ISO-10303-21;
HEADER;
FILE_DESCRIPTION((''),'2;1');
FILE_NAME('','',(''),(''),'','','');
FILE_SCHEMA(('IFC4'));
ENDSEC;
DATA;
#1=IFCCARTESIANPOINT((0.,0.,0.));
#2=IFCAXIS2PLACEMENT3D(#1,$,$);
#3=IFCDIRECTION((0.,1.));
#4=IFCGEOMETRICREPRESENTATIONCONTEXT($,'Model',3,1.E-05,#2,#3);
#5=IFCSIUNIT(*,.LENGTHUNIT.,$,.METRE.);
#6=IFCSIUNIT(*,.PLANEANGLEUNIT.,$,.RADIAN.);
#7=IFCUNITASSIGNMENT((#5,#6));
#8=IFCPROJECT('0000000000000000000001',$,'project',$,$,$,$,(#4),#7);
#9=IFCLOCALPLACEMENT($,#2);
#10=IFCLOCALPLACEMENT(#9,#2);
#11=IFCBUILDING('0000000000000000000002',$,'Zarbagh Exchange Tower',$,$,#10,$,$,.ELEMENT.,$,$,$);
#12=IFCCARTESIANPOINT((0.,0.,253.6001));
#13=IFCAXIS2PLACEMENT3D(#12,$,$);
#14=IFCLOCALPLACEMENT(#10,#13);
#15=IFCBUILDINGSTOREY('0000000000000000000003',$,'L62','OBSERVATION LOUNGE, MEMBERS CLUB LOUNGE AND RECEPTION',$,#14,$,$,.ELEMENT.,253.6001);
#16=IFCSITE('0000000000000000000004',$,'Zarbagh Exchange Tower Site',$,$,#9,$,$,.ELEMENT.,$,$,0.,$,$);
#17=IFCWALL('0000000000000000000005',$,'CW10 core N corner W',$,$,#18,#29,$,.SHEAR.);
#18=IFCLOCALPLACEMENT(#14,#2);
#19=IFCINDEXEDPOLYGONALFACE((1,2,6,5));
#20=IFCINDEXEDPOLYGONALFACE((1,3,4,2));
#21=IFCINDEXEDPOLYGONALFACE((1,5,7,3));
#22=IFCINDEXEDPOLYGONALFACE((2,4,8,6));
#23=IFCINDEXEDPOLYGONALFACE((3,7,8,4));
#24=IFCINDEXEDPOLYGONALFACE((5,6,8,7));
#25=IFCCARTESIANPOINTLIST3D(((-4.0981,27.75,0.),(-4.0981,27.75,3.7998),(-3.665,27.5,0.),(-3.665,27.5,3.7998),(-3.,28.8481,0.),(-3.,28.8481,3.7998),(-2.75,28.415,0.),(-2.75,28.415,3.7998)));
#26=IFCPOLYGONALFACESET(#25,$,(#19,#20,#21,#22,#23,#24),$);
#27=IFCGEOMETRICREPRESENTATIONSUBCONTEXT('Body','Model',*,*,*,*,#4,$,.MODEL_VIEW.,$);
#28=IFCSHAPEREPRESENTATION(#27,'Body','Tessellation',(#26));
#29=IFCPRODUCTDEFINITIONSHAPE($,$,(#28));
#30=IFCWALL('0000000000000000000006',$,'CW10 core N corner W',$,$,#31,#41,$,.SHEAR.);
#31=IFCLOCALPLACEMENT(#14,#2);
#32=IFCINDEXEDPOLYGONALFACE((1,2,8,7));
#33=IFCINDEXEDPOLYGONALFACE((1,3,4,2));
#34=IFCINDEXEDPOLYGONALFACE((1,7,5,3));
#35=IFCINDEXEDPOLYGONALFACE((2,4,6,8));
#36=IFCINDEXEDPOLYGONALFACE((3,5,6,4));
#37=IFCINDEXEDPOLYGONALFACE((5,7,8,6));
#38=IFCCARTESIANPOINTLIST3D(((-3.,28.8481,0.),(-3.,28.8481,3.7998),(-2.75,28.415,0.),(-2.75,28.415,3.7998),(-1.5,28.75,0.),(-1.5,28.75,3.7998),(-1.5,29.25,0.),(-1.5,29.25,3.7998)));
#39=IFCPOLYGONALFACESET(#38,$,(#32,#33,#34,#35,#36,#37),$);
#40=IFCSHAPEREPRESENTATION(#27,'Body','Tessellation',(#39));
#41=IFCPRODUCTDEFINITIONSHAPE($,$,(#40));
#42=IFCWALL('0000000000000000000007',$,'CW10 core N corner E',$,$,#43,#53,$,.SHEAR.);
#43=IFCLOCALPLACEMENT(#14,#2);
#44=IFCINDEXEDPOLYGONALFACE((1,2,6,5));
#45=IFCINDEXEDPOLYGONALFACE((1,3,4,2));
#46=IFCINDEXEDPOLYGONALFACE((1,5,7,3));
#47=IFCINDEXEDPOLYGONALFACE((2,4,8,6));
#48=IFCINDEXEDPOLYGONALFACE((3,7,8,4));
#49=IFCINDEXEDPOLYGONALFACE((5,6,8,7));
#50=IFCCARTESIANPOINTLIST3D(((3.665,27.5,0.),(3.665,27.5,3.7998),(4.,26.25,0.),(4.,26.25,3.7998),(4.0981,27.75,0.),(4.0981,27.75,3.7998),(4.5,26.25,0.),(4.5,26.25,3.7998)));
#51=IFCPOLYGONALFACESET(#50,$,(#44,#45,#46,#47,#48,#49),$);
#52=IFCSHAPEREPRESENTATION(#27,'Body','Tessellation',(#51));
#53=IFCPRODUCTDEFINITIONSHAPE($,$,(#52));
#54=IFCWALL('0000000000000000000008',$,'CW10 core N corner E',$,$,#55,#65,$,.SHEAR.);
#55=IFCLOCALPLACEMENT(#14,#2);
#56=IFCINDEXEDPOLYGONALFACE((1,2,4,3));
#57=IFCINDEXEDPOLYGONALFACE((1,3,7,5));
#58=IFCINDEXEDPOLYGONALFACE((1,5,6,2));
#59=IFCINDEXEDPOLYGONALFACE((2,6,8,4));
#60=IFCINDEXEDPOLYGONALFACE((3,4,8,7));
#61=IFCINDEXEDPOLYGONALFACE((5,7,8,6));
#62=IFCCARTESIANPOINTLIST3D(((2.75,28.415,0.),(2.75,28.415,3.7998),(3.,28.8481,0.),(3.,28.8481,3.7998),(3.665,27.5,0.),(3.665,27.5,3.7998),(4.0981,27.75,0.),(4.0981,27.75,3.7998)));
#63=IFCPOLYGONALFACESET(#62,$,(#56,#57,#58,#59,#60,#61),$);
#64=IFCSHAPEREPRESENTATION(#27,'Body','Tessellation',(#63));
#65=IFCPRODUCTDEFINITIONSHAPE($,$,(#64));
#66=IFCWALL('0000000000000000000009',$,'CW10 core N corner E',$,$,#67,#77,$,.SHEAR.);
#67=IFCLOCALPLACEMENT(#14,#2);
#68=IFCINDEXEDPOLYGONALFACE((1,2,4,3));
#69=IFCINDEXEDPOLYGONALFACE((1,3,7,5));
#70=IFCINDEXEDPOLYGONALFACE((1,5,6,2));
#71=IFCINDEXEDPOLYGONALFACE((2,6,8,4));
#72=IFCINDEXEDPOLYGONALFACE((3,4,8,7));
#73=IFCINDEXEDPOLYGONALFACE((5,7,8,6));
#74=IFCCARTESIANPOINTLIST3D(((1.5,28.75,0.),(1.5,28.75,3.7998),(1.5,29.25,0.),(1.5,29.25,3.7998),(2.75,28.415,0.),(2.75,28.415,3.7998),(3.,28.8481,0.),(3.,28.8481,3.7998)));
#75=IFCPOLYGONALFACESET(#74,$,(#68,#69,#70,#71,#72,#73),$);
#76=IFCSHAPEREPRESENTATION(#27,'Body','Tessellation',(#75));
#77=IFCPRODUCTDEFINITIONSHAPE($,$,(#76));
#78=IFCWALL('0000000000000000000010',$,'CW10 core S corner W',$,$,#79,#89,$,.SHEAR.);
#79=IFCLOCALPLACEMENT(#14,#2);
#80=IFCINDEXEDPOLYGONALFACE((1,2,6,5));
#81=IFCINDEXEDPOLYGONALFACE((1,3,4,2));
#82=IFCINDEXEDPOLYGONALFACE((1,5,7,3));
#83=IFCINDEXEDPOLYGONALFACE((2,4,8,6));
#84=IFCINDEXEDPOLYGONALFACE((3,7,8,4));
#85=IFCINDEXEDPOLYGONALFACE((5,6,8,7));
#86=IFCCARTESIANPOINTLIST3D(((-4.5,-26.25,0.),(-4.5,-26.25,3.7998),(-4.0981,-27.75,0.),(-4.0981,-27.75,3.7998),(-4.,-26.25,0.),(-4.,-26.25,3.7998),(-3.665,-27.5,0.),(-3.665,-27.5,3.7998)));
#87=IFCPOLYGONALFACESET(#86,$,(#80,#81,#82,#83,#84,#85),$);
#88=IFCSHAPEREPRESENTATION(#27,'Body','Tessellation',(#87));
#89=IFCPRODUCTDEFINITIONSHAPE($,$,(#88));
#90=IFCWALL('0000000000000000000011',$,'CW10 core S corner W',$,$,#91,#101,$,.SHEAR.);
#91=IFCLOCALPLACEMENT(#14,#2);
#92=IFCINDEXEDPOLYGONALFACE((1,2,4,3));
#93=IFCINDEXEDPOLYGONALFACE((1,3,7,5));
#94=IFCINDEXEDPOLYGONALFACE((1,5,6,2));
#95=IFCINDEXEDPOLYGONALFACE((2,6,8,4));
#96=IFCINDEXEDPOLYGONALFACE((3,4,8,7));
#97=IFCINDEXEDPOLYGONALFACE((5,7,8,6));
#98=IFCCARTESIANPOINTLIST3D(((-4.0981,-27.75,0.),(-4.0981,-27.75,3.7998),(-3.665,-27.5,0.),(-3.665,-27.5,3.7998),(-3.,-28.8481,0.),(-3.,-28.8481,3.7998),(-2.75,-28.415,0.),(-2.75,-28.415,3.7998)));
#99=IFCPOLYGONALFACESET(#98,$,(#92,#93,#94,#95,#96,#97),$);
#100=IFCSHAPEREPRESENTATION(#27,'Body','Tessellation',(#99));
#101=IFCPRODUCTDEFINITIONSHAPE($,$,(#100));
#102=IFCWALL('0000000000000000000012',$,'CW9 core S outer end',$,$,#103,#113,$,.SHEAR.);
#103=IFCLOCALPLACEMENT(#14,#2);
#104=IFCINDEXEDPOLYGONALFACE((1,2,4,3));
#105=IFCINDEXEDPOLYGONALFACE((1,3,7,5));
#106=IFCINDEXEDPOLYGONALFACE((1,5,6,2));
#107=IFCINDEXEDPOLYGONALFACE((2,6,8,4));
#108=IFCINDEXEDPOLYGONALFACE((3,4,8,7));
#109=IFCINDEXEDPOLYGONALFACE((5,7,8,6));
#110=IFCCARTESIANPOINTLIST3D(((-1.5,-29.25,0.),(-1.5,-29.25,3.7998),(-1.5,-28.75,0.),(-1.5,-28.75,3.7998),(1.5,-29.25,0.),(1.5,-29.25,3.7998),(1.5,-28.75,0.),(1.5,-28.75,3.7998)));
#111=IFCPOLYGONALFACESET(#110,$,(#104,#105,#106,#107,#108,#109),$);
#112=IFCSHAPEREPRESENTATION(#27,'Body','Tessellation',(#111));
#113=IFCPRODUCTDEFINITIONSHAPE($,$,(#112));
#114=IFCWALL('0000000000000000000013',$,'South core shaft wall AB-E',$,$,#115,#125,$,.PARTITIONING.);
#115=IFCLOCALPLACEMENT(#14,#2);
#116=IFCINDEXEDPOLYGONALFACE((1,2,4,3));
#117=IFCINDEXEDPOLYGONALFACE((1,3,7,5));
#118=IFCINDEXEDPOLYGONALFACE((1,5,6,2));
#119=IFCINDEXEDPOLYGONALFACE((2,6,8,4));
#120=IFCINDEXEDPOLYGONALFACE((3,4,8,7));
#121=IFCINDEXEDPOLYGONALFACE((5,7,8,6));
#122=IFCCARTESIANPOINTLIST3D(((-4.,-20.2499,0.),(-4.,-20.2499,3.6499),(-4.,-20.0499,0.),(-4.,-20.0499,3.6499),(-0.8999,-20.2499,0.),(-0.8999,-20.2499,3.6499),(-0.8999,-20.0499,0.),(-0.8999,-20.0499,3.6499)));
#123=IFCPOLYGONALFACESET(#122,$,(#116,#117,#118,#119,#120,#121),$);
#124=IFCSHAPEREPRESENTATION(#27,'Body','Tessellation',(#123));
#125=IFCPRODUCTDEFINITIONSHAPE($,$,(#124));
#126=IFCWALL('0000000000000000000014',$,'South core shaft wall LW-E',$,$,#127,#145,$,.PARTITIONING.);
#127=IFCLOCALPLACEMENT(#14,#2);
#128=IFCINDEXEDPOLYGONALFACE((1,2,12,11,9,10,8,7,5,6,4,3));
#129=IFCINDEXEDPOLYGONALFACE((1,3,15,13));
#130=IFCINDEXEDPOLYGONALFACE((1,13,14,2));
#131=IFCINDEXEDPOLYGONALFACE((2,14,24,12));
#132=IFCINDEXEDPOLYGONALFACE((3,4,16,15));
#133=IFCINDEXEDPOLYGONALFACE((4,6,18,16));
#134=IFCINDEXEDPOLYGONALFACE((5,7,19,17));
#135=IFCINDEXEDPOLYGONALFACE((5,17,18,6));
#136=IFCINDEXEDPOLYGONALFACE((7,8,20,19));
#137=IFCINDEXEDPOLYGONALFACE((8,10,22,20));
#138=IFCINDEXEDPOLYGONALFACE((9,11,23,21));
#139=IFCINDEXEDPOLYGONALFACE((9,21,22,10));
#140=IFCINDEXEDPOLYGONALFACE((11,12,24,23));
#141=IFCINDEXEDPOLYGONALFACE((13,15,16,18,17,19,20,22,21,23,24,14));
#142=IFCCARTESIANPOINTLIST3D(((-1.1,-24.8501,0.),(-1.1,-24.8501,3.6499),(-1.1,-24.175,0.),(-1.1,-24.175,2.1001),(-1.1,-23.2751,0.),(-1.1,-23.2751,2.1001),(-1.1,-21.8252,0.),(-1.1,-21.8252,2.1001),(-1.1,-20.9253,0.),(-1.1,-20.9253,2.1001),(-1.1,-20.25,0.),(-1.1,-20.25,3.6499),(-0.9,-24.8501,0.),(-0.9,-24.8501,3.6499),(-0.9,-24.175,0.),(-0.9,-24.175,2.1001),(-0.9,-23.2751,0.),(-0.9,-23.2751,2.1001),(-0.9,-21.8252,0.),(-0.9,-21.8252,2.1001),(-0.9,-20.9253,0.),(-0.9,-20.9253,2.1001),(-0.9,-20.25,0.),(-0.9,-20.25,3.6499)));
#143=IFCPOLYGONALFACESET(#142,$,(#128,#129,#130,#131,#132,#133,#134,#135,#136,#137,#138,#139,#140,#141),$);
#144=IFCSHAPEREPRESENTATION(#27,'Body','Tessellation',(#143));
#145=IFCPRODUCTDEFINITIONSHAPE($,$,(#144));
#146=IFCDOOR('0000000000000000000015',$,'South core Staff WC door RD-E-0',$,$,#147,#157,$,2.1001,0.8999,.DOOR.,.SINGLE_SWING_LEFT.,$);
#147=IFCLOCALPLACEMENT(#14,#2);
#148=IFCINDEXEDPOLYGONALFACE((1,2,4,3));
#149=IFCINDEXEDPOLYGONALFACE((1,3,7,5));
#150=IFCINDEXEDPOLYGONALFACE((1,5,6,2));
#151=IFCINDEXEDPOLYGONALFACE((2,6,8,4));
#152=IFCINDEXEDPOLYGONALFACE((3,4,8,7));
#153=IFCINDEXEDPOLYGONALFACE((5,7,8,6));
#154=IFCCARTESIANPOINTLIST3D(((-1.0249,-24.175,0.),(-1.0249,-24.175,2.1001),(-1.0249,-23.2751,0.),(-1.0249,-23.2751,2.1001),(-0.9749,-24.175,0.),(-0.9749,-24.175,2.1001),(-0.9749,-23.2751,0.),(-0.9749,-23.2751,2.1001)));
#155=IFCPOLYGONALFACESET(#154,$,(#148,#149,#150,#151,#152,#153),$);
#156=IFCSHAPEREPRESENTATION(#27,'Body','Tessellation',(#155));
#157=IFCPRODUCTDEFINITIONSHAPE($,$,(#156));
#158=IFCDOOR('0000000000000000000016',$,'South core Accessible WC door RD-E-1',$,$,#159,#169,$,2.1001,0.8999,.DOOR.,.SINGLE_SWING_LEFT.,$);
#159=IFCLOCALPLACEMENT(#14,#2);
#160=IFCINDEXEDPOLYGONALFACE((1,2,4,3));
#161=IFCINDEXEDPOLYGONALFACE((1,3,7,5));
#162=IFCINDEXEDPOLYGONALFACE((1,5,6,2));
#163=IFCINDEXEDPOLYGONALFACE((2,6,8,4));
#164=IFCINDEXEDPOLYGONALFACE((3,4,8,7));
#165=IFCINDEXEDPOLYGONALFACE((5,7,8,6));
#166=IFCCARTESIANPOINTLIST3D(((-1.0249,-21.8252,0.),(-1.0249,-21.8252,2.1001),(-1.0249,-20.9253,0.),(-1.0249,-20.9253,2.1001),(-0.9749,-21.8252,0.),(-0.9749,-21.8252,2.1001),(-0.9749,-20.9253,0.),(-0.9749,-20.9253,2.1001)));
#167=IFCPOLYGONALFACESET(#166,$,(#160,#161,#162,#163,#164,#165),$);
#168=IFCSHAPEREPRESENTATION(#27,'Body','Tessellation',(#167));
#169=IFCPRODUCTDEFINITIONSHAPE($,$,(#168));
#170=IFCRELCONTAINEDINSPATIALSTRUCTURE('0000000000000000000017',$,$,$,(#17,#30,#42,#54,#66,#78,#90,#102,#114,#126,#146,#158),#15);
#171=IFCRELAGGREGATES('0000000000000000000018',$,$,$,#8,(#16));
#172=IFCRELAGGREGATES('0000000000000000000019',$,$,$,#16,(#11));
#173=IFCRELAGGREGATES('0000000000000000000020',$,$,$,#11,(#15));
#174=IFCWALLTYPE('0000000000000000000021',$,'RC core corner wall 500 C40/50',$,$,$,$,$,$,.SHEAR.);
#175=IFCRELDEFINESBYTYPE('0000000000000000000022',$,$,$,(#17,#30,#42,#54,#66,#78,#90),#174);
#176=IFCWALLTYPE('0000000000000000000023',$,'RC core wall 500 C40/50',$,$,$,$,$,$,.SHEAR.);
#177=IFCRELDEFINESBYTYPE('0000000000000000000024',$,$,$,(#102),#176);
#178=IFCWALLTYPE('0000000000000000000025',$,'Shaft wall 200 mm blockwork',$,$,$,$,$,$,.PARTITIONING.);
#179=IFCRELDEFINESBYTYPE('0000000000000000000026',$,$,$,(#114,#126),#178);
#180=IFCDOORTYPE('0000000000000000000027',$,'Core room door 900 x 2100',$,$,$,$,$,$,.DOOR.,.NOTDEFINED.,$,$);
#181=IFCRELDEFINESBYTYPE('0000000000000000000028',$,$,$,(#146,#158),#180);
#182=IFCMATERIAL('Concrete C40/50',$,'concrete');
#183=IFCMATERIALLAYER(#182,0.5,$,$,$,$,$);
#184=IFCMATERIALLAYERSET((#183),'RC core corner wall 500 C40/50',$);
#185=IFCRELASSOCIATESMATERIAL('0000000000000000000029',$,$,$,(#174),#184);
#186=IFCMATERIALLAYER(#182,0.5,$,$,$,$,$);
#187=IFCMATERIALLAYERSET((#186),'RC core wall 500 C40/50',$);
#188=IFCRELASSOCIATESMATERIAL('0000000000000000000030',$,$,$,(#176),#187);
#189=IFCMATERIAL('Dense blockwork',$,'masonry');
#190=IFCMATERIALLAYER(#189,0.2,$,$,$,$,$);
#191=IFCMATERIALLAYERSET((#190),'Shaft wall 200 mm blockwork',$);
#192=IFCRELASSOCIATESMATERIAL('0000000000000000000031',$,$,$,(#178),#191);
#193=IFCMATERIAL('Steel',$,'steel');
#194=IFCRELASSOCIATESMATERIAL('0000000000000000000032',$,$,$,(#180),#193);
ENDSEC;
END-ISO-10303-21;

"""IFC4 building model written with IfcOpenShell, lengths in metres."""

from ifc_helpers import new_model, si_unit, direction, frame, frame_2d, origin, place, context, subcontext, project, spatial, polyline, rectangle, outline, extrude, material, layer, layer_set, type_object, element, fill, save


model = new_model("IFC4")

# Units and contexts
model_context = context("Model", 3, precision=1e-05, world=origin(), true_north=direction((0.0, 1.0)))
body_context = subcontext(model_context, "Body", "Model", "MODEL_VIEW")
ifc_project = project(units=[si_unit("LENGTHUNIT", "METRE"), si_unit("PLANEANGLEUNIT", "RADIAN")], contexts=[model_context])

# Site, building, storey
site_placement = place(None, origin())
site = spatial("IfcSite", under=ifc_project, at=site_placement, Name="Zarbagh Exchange Tower Site", CompositionType="ELEMENT", RefElevation=0.0)
building_placement = place(site_placement, origin())
building = spatial("IfcBuilding", under=site, at=building_placement, Name="Zarbagh Exchange Tower", CompositionType="ELEMENT")
storey_placement = place(building_placement, frame((0.0, 0.0, 253.6001)))
storey = spatial("IfcBuildingStorey", under=building, at=storey_placement, Name="L62", Description="OBSERVATION LOUNGE, MEMBERS CLUB LOUNGE AND RECEPTION", CompositionType="ELEMENT", Elevation=253.6001)

# Shared definitions
ifc_material_1 = material(Name="Concrete C40/50", Category="concrete")

# Shared definitions
ifc_material_2 = material(Name="Dense blockwork", Category="masonry")

# Walls
ifc_layer_1 = layer(ifc_material_1, 0.5)
ifc_layer_set_1 = layer_set([ifc_layer_1], Name="RC core corner wall 500 C40/50")
wall_type_1 = type_object("IfcWallType", Name="RC core corner wall 500 C40/50", PredefinedType="SHEAR", material=ifc_layer_set_1)
wall_1_placement = place(storey_placement, origin())
element("IfcWall", 1, at=wall_1_placement, inside=storey, type_object=wall_type_1, Name="CW10 core N corner W", PredefinedType="SHEAR", context=body_context, shape_type="SweptSolid", body=[
    extrude(outline(polyline([(-4.0981, 27.75), (-3.0, 28.8481), (-2.75, 28.415), (-3.665, 27.5), (-4.0981, 27.75)])), origin(), (0.0, 0.0, 1.0), 3.7998),
])
wall_2_placement = place(storey_placement, origin())
element("IfcWall", 2, at=wall_2_placement, inside=storey, type_object=wall_type_1, Name="CW10 core N corner W", PredefinedType="SHEAR", context=body_context, shape_type="SweptSolid", body=[
    extrude(outline(polyline([(-3.0, 28.8481), (-1.5, 29.25), (-1.5, 28.75), (-2.75, 28.415), (-3.0, 28.8481)])), origin(), (0.0, 0.0, 1.0), 3.7998),
])
wall_3_placement = place(storey_placement, origin())
element("IfcWall", 3, at=wall_3_placement, inside=storey, type_object=wall_type_1, Name="CW10 core N corner E", PredefinedType="SHEAR", context=body_context, shape_type="SweptSolid", body=[
    extrude(outline(polyline([(4.5, 26.25), (4.0981, 27.75), (3.665, 27.5), (4.0, 26.25), (4.5, 26.25)])), origin(), (0.0, 0.0, 1.0), 3.7998),
])
wall_4_placement = place(storey_placement, origin())
element("IfcWall", 4, at=wall_4_placement, inside=storey, type_object=wall_type_1, Name="CW10 core N corner E", PredefinedType="SHEAR", context=body_context, shape_type="SweptSolid", body=[
    extrude(outline(polyline([(4.0981, 27.75), (3.0, 28.8481), (2.75, 28.415), (3.665, 27.5), (4.0981, 27.75)])), origin(), (0.0, 0.0, 1.0), 3.7998),
])
wall_5_placement = place(storey_placement, origin())
element("IfcWall", 5, at=wall_5_placement, inside=storey, type_object=wall_type_1, Name="CW10 core N corner E", PredefinedType="SHEAR", context=body_context, shape_type="SweptSolid", body=[
    extrude(outline(polyline([(3.0, 28.8481), (1.5, 29.25), (1.5, 28.75), (2.75, 28.415), (3.0, 28.8481)])), origin(), (0.0, 0.0, 1.0), 3.7998),
])
wall_6_placement = place(storey_placement, origin())
element("IfcWall", 6, at=wall_6_placement, inside=storey, type_object=wall_type_1, Name="CW10 core S corner W", PredefinedType="SHEAR", context=body_context, shape_type="SweptSolid", body=[
    extrude(outline(polyline([(-4.5, -26.25), (-4.0981, -27.75), (-3.665, -27.5), (-4.0, -26.25), (-4.5, -26.25)])), origin(), (0.0, 0.0, 1.0), 3.7998),
])
wall_7_placement = place(storey_placement, origin())
element("IfcWall", 7, at=wall_7_placement, inside=storey, type_object=wall_type_1, Name="CW10 core S corner W", PredefinedType="SHEAR", context=body_context, shape_type="SweptSolid", body=[
    extrude(outline(polyline([(-4.0981, -27.75), (-3.0, -28.8481), (-2.75, -28.415), (-3.665, -27.5), (-4.0981, -27.75)])), origin(), (0.0, 0.0, 1.0), 3.7998),
])
ifc_layer_2 = layer(ifc_material_1, 0.5)
ifc_layer_set_2 = layer_set([ifc_layer_2], Name="RC core wall 500 C40/50")
wall_type_2 = type_object("IfcWallType", Name="RC core wall 500 C40/50", PredefinedType="SHEAR", material=ifc_layer_set_2)
wall_8_placement = place(storey_placement, frame((-1.5, -29.0, 0.0), z_axis=(0.0, 0.0, 1.0), x_axis=(1.0, 0.0, 0.0)))
element("IfcWall", 8, at=wall_8_placement, inside=storey, type_object=wall_type_2, Name="CW9 core S outer end", PredefinedType="SHEAR", context=body_context, shape_type="SweptSolid", body=[
    extrude(rectangle(XDim=3.0, YDim=0.5, at=frame_2d((1.5, 0.0))), origin(), (0.0, 0.0, 1.0), 3.7998),
])
ifc_layer_3 = layer(ifc_material_2, 0.2)
ifc_layer_set_3 = layer_set([ifc_layer_3], Name="Shaft wall 200 mm blockwork")
wall_type_3 = type_object("IfcWallType", Name="Shaft wall 200 mm blockwork", PredefinedType="PARTITIONING", material=ifc_layer_set_3)
wall_9_placement = place(storey_placement, frame((-0.8999, -20.1499, 0.0), z_axis=(0.0, 0.0, 1.0), x_axis=(-1.0, 0.0, 0.0)))
element("IfcWall", 9, at=wall_9_placement, inside=storey, type_object=wall_type_3, Name="South core shaft wall AB-E", PredefinedType="PARTITIONING", context=body_context, shape_type="SweptSolid", body=[
    extrude(rectangle(XDim=3.1001, YDim=0.2, at=frame_2d((1.55, 0.0))), origin(), (0.0, 0.0, 1.0), 3.6499),
])

# Wall, openings, doors
wall_10_placement = place(storey_placement, frame((-1.0, -24.8501, 0.0), z_axis=(0.0, 0.0, 1.0), x_axis=(0.0, 1.0, 0.0)))
wall_10 = element("IfcWall", 10, at=wall_10_placement, inside=storey, type_object=wall_type_3, Name="South core shaft wall LW-E", PredefinedType="PARTITIONING", context=body_context, shape_type="SweptSolid", body=[
    extrude(rectangle(XDim=4.6001, YDim=0.2, at=frame_2d((2.3, 0.0))), origin(), (0.0, 0.0, 1.0), 3.6499),
])
opening_1_placement = place(wall_10_placement, frame((0.675, 0.0, 0.0)))
opening_1 = element("IfcOpeningElement", 11, at=opening_1_placement, cuts=wall_10, PredefinedType="OPENING", context=body_context, shape_type="SweptSolid", body=[
    extrude(rectangle(XDim=0.8999, YDim=2.1001, at=frame_2d((0.45, 1.05))), frame((0.0, 0.1099, 0.0), z_axis=(0.0, -1.0, 0.0), x_axis=(1.0, 0.0, 0.0)), (0.0, 0.0, 1.0), 0.22),
])
opening_2_placement = place(wall_10_placement, frame((3.0249, 0.0, 0.0)))
opening_2 = element("IfcOpeningElement", 12, at=opening_2_placement, cuts=wall_10, PredefinedType="OPENING", context=body_context, shape_type="SweptSolid", body=[
    extrude(rectangle(XDim=0.8999, YDim=2.1001, at=frame_2d((0.45, 1.05))), frame((0.0, 0.1099, 0.0), z_axis=(0.0, -1.0, 0.0), x_axis=(1.0, 0.0, 0.0)), (0.0, 0.0, 1.0), 0.22),
])
ifc_material_3 = material(Name="Steel", Category="steel")
door_type_1 = type_object("IfcDoorType", Name="Core room door 900 x 2100", OperationType="NOTDEFINED", PredefinedType="DOOR", material=ifc_material_3)
door_1_placement = place(opening_1_placement, origin())
door_1 = element("IfcDoor", 13, at=door_1_placement, inside=storey, type_object=door_type_1, Name="South core Staff WC door RD-E-0", OperationType="SINGLE_SWING_LEFT", OverallHeight=2.1001, OverallWidth=0.8999, PredefinedType="DOOR", context=body_context, shape_type="SweptSolid", body=[
    extrude(rectangle(XDim=0.8999, YDim=2.1001, at=frame_2d((0.45, 1.05))), frame((0.0, 0.0249, 0.0), z_axis=(0.0, -1.0, 0.0), x_axis=(1.0, 0.0, 0.0)), (0.0, 0.0, 1.0), 0.05),
])
fill(opening_1, door_1)
door_2_placement = place(opening_2_placement, origin())
door_2 = element("IfcDoor", 14, at=door_2_placement, inside=storey, type_object=door_type_1, Name="South core Accessible WC door RD-E-1", OperationType="SINGLE_SWING_LEFT", OverallHeight=2.1001, OverallWidth=0.8999, PredefinedType="DOOR", context=body_context, shape_type="SweptSolid", body=[
    extrude(rectangle(XDim=0.8999, YDim=2.1001, at=frame_2d((0.45, 1.05))), frame((0.0, 0.0249, 0.0), z_axis=(0.0, -1.0, 0.0), x_axis=(1.0, 0.0, 0.0)), (0.0, 0.0, 1.0), 0.05),
])
fill(opening_2, door_2)

save(model, "model.ifc")
